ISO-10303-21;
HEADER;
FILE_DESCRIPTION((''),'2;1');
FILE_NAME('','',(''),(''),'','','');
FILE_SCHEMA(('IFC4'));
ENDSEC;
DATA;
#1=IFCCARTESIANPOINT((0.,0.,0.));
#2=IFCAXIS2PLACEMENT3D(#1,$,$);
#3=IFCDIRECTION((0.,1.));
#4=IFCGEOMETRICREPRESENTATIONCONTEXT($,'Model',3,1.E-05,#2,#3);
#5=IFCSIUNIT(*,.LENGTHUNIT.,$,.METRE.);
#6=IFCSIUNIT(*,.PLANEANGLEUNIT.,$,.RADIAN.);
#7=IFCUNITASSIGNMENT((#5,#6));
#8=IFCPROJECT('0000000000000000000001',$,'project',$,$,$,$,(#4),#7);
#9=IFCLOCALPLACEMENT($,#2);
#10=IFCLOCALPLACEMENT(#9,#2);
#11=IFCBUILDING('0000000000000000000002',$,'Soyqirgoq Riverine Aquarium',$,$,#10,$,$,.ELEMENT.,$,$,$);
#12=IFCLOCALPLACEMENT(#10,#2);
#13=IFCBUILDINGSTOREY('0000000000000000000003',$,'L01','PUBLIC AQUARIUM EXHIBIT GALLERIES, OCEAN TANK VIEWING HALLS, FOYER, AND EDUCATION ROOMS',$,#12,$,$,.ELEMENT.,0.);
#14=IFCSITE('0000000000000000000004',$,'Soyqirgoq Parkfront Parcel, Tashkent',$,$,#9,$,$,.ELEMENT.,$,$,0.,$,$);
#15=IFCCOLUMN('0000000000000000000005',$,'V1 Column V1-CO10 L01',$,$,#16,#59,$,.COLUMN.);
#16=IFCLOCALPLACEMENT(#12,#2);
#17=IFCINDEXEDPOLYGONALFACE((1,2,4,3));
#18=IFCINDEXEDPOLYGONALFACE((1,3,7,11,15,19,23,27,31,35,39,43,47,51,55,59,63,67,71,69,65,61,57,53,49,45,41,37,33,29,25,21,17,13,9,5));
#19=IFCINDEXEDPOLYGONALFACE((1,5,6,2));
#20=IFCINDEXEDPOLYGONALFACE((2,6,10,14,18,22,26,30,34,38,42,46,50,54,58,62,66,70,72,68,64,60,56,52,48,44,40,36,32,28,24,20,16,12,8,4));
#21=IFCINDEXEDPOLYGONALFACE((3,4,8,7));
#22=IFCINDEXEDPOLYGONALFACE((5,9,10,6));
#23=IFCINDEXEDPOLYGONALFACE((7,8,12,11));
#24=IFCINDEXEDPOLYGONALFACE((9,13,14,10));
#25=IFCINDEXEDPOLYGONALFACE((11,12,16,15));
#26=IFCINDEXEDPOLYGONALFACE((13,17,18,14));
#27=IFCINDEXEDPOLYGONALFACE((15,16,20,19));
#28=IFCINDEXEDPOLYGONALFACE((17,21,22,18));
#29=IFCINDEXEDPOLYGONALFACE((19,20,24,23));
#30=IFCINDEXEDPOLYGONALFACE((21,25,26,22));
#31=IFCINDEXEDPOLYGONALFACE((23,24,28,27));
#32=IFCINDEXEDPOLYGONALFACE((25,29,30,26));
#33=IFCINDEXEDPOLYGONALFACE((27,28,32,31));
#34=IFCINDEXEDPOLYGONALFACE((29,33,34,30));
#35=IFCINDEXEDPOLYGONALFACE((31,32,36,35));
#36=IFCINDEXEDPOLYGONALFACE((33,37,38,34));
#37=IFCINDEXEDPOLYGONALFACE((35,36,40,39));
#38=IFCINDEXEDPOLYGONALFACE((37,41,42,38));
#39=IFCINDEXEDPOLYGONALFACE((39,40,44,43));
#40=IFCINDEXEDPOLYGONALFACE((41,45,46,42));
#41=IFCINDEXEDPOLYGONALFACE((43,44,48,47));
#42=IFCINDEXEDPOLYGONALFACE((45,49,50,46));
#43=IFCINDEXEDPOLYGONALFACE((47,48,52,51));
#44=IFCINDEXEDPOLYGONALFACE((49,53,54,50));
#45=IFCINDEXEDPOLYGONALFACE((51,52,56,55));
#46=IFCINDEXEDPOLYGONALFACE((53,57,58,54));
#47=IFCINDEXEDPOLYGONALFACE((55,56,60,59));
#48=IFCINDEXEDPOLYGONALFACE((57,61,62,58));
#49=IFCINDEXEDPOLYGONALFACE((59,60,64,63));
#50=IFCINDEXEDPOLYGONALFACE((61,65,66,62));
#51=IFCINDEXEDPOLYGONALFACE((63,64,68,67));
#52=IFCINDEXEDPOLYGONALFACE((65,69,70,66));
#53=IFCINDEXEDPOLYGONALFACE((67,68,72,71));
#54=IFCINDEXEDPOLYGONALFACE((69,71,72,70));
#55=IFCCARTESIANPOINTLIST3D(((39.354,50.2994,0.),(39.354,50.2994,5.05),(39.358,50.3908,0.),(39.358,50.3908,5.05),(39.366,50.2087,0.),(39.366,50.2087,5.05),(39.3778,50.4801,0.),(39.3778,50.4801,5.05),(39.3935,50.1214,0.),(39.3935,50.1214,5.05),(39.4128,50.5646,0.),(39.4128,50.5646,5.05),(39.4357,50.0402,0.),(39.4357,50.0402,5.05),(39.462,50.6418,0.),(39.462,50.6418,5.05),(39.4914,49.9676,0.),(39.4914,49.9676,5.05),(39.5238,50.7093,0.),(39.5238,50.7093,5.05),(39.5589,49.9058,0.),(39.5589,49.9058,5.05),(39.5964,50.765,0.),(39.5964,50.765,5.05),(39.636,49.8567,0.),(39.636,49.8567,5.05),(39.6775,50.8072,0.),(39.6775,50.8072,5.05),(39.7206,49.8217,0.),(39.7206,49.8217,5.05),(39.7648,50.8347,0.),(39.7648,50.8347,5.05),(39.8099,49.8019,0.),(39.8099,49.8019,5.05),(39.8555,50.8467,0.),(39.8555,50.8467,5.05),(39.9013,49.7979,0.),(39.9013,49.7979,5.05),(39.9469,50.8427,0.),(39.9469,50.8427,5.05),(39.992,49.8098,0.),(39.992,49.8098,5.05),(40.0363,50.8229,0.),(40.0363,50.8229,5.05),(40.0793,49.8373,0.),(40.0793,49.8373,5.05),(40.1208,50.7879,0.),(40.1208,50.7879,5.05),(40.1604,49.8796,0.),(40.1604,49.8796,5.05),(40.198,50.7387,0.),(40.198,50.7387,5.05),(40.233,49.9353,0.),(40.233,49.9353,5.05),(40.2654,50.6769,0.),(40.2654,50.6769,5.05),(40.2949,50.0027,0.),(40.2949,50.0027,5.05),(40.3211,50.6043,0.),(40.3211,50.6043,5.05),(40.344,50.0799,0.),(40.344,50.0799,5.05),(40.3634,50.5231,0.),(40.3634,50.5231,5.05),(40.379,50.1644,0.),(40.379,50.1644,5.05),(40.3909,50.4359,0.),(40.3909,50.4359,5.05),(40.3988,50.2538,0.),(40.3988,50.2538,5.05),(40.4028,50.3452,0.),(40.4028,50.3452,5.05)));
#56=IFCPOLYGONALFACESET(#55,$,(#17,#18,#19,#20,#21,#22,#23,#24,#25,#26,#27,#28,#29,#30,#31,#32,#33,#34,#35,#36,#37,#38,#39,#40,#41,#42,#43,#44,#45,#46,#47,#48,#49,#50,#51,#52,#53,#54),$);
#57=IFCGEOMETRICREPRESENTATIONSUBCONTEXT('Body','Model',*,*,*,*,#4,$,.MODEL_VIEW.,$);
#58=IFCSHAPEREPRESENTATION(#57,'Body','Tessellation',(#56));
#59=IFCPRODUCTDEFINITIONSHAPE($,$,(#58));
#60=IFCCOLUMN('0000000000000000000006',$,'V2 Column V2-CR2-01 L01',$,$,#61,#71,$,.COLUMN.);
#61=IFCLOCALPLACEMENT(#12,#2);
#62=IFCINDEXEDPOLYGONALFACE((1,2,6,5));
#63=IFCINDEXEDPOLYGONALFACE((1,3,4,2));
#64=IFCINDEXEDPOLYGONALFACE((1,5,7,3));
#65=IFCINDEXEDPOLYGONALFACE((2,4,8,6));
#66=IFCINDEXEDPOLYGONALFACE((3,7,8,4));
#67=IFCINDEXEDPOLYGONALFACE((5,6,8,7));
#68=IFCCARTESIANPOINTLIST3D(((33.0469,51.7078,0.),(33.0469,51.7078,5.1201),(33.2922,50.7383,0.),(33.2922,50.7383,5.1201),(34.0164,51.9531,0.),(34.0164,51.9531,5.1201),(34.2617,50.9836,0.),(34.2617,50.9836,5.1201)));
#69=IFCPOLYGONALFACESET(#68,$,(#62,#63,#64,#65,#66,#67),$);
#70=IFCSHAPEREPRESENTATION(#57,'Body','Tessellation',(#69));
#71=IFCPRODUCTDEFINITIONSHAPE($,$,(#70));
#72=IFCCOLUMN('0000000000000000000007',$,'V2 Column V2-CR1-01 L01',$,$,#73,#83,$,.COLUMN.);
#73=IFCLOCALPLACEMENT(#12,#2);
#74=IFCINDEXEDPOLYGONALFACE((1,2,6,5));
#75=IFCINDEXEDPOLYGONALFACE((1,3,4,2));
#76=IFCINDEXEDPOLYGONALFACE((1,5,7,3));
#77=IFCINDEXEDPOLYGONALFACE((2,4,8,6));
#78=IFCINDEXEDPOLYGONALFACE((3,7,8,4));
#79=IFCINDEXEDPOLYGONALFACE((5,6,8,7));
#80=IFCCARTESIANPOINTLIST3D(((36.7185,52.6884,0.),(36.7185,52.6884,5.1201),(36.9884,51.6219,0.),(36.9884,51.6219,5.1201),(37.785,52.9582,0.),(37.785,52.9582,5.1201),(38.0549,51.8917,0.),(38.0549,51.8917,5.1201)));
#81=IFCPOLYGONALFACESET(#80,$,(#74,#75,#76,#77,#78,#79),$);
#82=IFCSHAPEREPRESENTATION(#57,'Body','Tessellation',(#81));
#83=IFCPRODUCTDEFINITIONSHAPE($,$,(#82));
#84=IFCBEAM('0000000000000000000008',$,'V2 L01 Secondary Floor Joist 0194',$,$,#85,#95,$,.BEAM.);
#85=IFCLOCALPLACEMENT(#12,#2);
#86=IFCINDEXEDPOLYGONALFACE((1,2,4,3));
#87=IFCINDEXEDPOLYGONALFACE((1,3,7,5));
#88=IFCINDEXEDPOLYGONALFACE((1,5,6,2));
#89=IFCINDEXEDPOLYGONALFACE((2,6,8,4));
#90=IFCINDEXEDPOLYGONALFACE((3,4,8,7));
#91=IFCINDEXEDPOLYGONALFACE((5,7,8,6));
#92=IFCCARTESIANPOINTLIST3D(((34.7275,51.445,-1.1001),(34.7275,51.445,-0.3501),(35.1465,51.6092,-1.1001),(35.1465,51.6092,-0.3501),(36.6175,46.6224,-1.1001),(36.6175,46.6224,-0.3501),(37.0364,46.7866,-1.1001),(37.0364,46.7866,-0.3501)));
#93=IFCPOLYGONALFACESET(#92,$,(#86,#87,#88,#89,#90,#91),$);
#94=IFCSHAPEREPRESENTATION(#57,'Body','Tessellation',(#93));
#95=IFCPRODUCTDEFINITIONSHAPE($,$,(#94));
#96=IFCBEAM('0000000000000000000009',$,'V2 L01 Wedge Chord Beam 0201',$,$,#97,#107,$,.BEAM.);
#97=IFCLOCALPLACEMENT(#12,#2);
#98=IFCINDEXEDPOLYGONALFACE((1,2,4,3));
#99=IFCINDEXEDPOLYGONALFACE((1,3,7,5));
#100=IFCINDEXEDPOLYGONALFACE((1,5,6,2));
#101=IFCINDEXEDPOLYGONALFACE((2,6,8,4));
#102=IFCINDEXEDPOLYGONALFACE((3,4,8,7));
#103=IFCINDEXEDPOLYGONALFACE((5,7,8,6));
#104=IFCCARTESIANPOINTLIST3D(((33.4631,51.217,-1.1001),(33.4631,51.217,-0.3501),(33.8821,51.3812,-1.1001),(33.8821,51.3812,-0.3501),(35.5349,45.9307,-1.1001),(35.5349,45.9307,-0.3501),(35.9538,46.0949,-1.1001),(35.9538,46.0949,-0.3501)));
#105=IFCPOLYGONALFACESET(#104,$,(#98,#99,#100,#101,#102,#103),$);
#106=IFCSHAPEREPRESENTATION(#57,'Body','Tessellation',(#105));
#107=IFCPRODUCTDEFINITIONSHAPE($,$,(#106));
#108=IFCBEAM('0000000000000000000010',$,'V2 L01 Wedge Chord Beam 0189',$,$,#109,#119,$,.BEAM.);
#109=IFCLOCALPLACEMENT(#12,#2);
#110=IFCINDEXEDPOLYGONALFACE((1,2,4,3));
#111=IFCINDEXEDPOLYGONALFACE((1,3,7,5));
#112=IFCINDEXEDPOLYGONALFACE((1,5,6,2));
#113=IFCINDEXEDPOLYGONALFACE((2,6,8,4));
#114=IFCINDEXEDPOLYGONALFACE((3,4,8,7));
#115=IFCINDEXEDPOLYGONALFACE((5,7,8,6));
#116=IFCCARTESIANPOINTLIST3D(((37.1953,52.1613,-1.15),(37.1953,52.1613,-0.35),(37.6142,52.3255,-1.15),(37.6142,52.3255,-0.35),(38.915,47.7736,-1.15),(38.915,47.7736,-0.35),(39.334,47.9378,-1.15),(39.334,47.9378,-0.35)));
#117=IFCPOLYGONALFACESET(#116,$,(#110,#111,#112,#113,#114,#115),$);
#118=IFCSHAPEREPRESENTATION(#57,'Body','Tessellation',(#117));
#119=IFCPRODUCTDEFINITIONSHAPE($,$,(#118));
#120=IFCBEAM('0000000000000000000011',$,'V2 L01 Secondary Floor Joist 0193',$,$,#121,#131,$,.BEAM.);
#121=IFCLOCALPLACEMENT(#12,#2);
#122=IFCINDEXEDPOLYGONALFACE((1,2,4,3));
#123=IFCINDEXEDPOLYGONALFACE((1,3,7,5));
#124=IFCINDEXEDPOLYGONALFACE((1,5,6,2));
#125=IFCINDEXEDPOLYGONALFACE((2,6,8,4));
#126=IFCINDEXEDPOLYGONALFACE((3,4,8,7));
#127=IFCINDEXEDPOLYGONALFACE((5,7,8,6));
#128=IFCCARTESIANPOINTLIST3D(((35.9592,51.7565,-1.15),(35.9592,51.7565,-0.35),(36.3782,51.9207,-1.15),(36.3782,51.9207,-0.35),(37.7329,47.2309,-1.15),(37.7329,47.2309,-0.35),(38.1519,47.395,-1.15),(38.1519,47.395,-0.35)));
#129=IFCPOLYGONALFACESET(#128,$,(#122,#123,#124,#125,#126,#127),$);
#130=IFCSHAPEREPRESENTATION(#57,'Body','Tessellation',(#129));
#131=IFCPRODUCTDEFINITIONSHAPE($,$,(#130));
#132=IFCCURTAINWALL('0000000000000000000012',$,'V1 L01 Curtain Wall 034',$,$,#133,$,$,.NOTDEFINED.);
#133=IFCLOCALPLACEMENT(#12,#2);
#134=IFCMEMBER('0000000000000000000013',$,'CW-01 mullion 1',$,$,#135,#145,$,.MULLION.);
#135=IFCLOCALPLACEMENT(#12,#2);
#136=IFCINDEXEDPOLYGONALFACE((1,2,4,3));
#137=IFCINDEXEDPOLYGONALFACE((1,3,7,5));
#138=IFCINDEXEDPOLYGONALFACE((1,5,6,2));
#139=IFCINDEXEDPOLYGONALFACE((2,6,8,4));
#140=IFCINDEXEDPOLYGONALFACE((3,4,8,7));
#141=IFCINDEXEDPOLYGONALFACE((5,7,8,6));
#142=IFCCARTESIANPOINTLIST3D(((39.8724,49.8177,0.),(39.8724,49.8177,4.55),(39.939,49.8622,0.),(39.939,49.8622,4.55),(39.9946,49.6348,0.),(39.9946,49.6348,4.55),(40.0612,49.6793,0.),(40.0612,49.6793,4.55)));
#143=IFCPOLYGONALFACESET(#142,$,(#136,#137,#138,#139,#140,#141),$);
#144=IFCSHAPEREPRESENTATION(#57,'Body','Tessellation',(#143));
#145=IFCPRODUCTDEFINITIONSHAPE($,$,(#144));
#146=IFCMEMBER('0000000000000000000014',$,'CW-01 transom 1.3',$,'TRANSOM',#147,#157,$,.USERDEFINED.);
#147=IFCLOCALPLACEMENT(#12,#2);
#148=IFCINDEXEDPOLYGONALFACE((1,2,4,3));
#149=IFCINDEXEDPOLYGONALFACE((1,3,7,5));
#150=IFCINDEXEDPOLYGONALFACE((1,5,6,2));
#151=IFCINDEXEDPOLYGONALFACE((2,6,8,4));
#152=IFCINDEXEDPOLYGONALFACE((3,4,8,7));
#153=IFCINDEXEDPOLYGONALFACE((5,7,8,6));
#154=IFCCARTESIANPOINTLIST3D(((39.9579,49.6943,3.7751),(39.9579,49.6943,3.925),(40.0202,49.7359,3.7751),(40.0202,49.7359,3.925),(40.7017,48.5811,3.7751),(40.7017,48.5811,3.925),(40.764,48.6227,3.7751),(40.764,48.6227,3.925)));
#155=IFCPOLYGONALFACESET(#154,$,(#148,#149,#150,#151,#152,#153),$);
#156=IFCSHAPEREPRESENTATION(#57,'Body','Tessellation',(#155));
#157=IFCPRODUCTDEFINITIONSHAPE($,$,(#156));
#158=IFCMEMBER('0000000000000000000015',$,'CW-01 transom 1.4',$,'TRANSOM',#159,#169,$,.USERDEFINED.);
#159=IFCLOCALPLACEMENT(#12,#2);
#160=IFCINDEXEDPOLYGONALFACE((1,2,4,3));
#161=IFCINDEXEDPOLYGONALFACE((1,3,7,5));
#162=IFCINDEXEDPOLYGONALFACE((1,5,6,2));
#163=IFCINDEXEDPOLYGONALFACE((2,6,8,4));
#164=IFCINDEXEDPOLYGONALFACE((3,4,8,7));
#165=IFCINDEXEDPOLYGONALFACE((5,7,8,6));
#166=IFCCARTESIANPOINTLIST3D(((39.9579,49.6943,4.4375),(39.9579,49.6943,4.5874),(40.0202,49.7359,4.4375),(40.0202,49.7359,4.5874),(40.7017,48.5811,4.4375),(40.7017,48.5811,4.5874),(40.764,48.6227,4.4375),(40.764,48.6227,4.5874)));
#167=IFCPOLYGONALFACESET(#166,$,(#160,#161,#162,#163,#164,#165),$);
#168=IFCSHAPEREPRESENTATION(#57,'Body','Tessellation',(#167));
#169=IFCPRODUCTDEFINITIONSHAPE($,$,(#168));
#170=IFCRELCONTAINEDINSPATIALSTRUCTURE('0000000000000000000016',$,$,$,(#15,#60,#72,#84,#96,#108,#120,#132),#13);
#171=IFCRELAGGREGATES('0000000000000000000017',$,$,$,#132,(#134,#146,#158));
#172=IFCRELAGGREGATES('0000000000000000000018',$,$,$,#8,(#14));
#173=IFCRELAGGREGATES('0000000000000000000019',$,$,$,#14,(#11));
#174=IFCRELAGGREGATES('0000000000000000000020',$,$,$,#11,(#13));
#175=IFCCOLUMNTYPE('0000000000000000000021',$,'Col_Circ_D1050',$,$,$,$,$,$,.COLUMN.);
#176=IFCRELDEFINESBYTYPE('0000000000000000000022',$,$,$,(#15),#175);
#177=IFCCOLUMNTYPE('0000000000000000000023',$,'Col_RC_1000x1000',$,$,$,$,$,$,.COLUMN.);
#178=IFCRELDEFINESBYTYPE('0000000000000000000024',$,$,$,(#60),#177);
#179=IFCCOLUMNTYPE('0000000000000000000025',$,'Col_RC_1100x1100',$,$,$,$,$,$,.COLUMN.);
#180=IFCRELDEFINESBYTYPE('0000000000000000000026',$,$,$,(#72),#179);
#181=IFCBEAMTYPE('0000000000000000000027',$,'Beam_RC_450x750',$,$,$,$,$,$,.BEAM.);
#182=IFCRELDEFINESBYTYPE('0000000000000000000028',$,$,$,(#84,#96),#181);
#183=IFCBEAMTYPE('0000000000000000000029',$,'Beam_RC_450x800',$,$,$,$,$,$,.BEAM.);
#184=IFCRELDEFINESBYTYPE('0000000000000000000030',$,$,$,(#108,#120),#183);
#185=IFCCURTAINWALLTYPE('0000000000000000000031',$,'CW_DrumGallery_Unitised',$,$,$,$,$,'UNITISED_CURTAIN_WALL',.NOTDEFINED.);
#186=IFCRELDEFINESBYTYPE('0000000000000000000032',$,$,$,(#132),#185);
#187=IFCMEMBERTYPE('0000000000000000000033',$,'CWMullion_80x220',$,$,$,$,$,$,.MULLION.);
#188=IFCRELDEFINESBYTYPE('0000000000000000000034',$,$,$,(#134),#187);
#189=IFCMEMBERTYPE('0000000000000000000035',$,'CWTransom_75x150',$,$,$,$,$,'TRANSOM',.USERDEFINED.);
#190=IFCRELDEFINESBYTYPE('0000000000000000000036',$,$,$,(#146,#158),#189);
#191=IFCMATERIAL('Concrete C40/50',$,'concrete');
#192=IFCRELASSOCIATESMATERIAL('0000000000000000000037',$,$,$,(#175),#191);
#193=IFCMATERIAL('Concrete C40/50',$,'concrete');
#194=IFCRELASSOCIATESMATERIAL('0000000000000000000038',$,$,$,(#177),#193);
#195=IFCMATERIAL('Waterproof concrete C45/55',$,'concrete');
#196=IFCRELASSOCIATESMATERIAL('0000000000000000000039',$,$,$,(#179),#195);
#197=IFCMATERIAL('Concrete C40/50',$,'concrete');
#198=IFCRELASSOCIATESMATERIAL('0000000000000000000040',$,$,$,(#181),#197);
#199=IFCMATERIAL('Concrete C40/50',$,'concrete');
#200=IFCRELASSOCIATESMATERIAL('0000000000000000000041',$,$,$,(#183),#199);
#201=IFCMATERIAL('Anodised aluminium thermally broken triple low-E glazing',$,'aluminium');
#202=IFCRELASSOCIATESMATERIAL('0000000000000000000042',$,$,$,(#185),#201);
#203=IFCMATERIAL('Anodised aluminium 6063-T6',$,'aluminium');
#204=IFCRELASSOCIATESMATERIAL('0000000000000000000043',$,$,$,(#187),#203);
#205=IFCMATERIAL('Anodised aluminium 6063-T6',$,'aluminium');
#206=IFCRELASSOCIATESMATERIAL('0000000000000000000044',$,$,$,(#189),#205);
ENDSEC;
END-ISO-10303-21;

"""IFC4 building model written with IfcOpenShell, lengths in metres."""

from ifc_helpers import new_model, si_unit, direction, frame, origin, origin_2d, place, context, subcontext, project, spatial, rectangle, circle, extrude, material, material_profile, profile_set, type_object, element, aggregate, save


model = new_model("IFC4")

# Units and contexts
model_context = context("Model", 3, precision=1e-05, world=origin(), true_north=direction((0.0, 1.0)))
body_context = subcontext(model_context, "Body", "Model", "MODEL_VIEW")
ifc_project = project(units=[si_unit("LENGTHUNIT", "METRE"), si_unit("PLANEANGLEUNIT", "RADIAN")], contexts=[model_context])

# Site, building, storey
site_placement = place(None, origin())
site = spatial("IfcSite", under=ifc_project, at=site_placement, Name="Soyqirgoq Parkfront Parcel, Tashkent", CompositionType="ELEMENT", RefElevation=0.0)
building_placement = place(site_placement, origin())
building = spatial("IfcBuilding", under=site, at=building_placement, Name="Soyqirgoq Riverine Aquarium", CompositionType="ELEMENT")
storey_placement = place(building_placement, origin())
storey = spatial("IfcBuildingStorey", under=building, at=storey_placement, Name="L01", Description="PUBLIC AQUARIUM EXHIBIT GALLERIES, OCEAN TANK VIEWING HALLS, FOYER, AND EDUCATION ROOMS", CompositionType="ELEMENT", Elevation=0.0)

# Columns
ifc_material_1 = material(Name="Concrete C40/50", Category="concrete")
ifc_material_profile_1 = material_profile(ifc_material_1, circle(Radius=0.5249, at=origin_2d()), Name="RC-COL D1050")
ifc_profile_set_1 = profile_set([ifc_material_profile_1], Name="Concrete C40/50")
column_type_1 = type_object("IfcColumnType", Name="Col_Circ_D1050", PredefinedType="COLUMN", material=ifc_profile_set_1)
column_1_placement = place(storey_placement, frame((39.8784, 50.3223, 0.0), z_axis=(0.0, 0.0, 1.0), x_axis=(-0.92388, -0.382683, 0.0)))
element("IfcColumn", 1, at=column_1_placement, inside=storey, type_object=column_type_1, Name="V1 Column V1-CO10 L01", PredefinedType="COLUMN", context=body_context, shape_type="SweptSolid", body=[
    extrude(circle(Radius=0.5249, at=origin_2d()), origin(), (0.0, 0.0, 1.0), 5.05),
])
ifc_material_2 = material(Name="Concrete C40/50", Category="concrete")
ifc_material_profile_2 = material_profile(ifc_material_2, rectangle(XDim=1.0, YDim=1.0, at=origin_2d()), Name="RC 1000x1000")
ifc_profile_set_2 = profile_set([ifc_material_profile_2], Name="Concrete C40/50")
column_type_2 = type_object("IfcColumnType", Name="Col_RC_1000x1000", PredefinedType="COLUMN", material=ifc_profile_set_2)
column_2_placement = place(storey_placement, frame((33.6543, 51.3457, 0.0), z_axis=(0.0, 0.0, 1.0), x_axis=(-0.969445, -0.245307, 0.0)))
element("IfcColumn", 2, at=column_2_placement, inside=storey, type_object=column_type_2, Name="V2 Column V2-CR2-01 L01", PredefinedType="COLUMN", context=body_context, shape_type="SweptSolid", body=[
    extrude(rectangle(XDim=1.0, YDim=1.0, at=origin_2d()), origin(), (0.0, 0.0, 1.0), 5.1201),
])
ifc_material_3 = material(Name="Waterproof concrete C45/55", Category="concrete")
ifc_material_profile_3 = material_profile(ifc_material_3, rectangle(XDim=1.1001, YDim=1.1001, at=origin_2d()), Name="RC 1100x1100")
ifc_profile_set_3 = profile_set([ifc_material_profile_3], Name="Waterproof concrete C45/55")
column_type_3 = type_object("IfcColumnType", Name="Col_RC_1100x1100", PredefinedType="COLUMN", material=ifc_profile_set_3)
column_3_placement = place(storey_placement, frame((37.3867, 52.29, 0.0), z_axis=(0.0, 0.0, 1.0), x_axis=(-0.969445, -0.245307, 0.0)))
element("IfcColumn", 3, at=column_3_placement, inside=storey, type_object=column_type_3, Name="V2 Column V2-CR1-01 L01", PredefinedType="COLUMN", context=body_context, shape_type="SweptSolid", body=[
    extrude(rectangle(XDim=1.1001, YDim=1.1001, at=origin_2d()), origin(), (0.0, 0.0, 1.0), 5.1201),
])

# Beams
ifc_material_4 = material(Name="Concrete C40/50", Category="concrete")
ifc_material_profile_4 = material_profile(ifc_material_4, rectangle(XDim=0.45, YDim=0.75, at=origin_2d()), Name="RC 450x750")
ifc_profile_set_4 = profile_set([ifc_material_profile_4], Name="Concrete C40/50")
beam_type_1 = type_object("IfcBeamType", Name="Beam_RC_450x750", PredefinedType="BEAM", material=ifc_profile_set_4)
beam_1_placement = place(storey_placement, frame((34.937, 51.5271, -0.7251), z_axis=(0.364872, -0.931058, 0.0), x_axis=(0.931058, 0.364872, 0.0)))
element("IfcBeam", 4, at=beam_1_placement, inside=storey, type_object=beam_type_1, Name="V2 L01 Secondary Floor Joist 0194", PredefinedType="BEAM", context=body_context, shape_type="SweptSolid", body=[
    extrude(rectangle(XDim=0.45, YDim=0.75, at=origin_2d()), origin(), (0.0, 0.0, 1.0), 5.1797),
])
beam_2_placement = place(storey_placement, frame((33.6726, 51.2991, -0.7251), z_axis=(0.364887, -0.931052, 0.0), x_axis=(0.931052, 0.364887, 0.0)))
element("IfcBeam", 5, at=beam_2_placement, inside=storey, type_object=beam_type_1, Name="V2 L01 Wedge Chord Beam 0201", PredefinedType="BEAM", context=body_context, shape_type="SweptSolid", body=[
    extrude(rectangle(XDim=0.45, YDim=0.75, at=origin_2d()), origin(), (0.0, 0.0, 1.0), 5.6777),
])
ifc_material_5 = material(Name="Concrete C40/50", Category="concrete")
ifc_material_profile_5 = material_profile(ifc_material_5, rectangle(XDim=0.45, YDim=0.8, at=origin_2d()), Name="RC 450x800")
ifc_profile_set_5 = profile_set([ifc_material_profile_5], Name="Concrete C40/50")
beam_type_2 = type_object("IfcBeamType", Name="Beam_RC_450x800", PredefinedType="BEAM", material=ifc_profile_set_5)
beam_3_placement = place(storey_placement, frame((37.4048, 52.2434, -0.75), z_axis=(0.364915, -0.931041, 0.0), x_axis=(0.931041, 0.364915, 0.0)))
element("IfcBeam", 6, at=beam_3_placement, inside=storey, type_object=beam_type_2, Name="V2 L01 Wedge Chord Beam 0189", PredefinedType="BEAM", context=body_context, shape_type="SweptSolid", body=[
    extrude(rectangle(XDim=0.45, YDim=0.8, at=origin_2d()), origin(), (0.0, 0.0, 1.0), 4.7126),
])
beam_4_placement = place(storey_placement, frame((36.1687, 51.8386, -0.75), z_axis=(0.364895, -0.931048, 0.0), x_axis=(0.931048, 0.364895, 0.0)))
element("IfcBeam", 7, at=beam_4_placement, inside=storey, type_object=beam_type_2, Name="V2 L01 Secondary Floor Joist 0193", PredefinedType="BEAM", context=body_context, shape_type="SweptSolid", body=[
    extrude(rectangle(XDim=0.45, YDim=0.8, at=origin_2d()), origin(), (0.0, 0.0, 1.0), 4.8608),
])

# Curtain wall, members
ifc_material_6 = material(Name="Anodised aluminium thermally broken triple low-E glazing", Category="aluminium")
curtain_wall_type = type_object("IfcCurtainWallType", Name="CW_DrumGallery_Unitised", ElementType="UNITISED_CURTAIN_WALL", PredefinedType="NOTDEFINED", material=ifc_material_6)
curtain_wall_placement = place(storey_placement, origin())
curtain_wall = element("IfcCurtainWall", 8, at=curtain_wall_placement, inside=storey, type_object=curtain_wall_type, Name="V1 L01 Curtain Wall 034", PredefinedType="NOTDEFINED")
ifc_material_7 = material(Name="Anodised aluminium 6063-T6", Category="aluminium")
ifc_material_profile_6 = material_profile(ifc_material_7, rectangle(XDim=0.0801, YDim=0.22, at=origin_2d()), Name="ALU-M 80x220")
ifc_profile_set_6 = profile_set([ifc_material_profile_6], Name="Anodised aluminium 6063-T6")
member_type_1 = type_object("IfcMemberType", Name="CWMullion_80x220", PredefinedType="MULLION", material=ifc_profile_set_6)
member_1_placement = place(storey_placement, frame((39.9668, 49.7485, 0.0), z_axis=(0.0, 0.0, 1.0), x_axis=(0.831467, 0.555574, 0.0)))
member_1 = element("IfcMember", 9, at=member_1_placement, type_object=member_type_1, Name="CW-01 mullion 1", PredefinedType="MULLION", context=body_context, shape_type="SweptSolid", body=[
    extrude(rectangle(XDim=0.0801, YDim=0.22, at=origin_2d()), origin(), (0.0, 0.0, 1.0), 4.55),
])
ifc_material_8 = material(Name="Anodised aluminium 6063-T6", Category="aluminium")
ifc_material_profile_7 = material_profile(ifc_material_8, rectangle(XDim=0.075, YDim=0.1499, at=origin_2d()), Name="ALU-T 75x150")
ifc_profile_set_7 = profile_set([ifc_material_profile_7], Name="Anodised aluminium 6063-T6")
member_type_2 = type_object("IfcMemberType", Name="CWTransom_75x150", ElementType="TRANSOM", PredefinedType="USERDEFINED", material=ifc_profile_set_7)
member_2_placement = place(storey_placement, frame((39.989, 49.7151, 3.8501), z_axis=(0.555584, -0.831461, 0.0), x_axis=(0.831461, 0.555584, 0.0)))
member_2 = element("IfcMember", 10, at=member_2_placement, type_object=member_type_2, Name="CW-01 transom 1.3", ObjectType="TRANSOM", PredefinedType="USERDEFINED", context=body_context, shape_type="SweptSolid", body=[
    extrude(rectangle(XDim=0.075, YDim=0.1499, at=origin_2d()), origin(), (0.0, 0.0, 1.0), 1.3389),
])
member_3_placement = place(storey_placement, frame((39.989, 49.7151, 4.5125), z_axis=(0.555584, -0.831461, 0.0), x_axis=(0.831461, 0.555584, 0.0)))
member_3 = element("IfcMember", 11, at=member_3_placement, type_object=member_type_2, Name="CW-01 transom 1.4", ObjectType="TRANSOM", PredefinedType="USERDEFINED", context=body_context, shape_type="SweptSolid", body=[
    extrude(rectangle(XDim=0.075, YDim=0.1499, at=origin_2d()), origin(), (0.0, 0.0, 1.0), 1.3389),
])
aggregate(curtain_wall, [member_1, member_2, member_3])

save(model, "model.ifc")
